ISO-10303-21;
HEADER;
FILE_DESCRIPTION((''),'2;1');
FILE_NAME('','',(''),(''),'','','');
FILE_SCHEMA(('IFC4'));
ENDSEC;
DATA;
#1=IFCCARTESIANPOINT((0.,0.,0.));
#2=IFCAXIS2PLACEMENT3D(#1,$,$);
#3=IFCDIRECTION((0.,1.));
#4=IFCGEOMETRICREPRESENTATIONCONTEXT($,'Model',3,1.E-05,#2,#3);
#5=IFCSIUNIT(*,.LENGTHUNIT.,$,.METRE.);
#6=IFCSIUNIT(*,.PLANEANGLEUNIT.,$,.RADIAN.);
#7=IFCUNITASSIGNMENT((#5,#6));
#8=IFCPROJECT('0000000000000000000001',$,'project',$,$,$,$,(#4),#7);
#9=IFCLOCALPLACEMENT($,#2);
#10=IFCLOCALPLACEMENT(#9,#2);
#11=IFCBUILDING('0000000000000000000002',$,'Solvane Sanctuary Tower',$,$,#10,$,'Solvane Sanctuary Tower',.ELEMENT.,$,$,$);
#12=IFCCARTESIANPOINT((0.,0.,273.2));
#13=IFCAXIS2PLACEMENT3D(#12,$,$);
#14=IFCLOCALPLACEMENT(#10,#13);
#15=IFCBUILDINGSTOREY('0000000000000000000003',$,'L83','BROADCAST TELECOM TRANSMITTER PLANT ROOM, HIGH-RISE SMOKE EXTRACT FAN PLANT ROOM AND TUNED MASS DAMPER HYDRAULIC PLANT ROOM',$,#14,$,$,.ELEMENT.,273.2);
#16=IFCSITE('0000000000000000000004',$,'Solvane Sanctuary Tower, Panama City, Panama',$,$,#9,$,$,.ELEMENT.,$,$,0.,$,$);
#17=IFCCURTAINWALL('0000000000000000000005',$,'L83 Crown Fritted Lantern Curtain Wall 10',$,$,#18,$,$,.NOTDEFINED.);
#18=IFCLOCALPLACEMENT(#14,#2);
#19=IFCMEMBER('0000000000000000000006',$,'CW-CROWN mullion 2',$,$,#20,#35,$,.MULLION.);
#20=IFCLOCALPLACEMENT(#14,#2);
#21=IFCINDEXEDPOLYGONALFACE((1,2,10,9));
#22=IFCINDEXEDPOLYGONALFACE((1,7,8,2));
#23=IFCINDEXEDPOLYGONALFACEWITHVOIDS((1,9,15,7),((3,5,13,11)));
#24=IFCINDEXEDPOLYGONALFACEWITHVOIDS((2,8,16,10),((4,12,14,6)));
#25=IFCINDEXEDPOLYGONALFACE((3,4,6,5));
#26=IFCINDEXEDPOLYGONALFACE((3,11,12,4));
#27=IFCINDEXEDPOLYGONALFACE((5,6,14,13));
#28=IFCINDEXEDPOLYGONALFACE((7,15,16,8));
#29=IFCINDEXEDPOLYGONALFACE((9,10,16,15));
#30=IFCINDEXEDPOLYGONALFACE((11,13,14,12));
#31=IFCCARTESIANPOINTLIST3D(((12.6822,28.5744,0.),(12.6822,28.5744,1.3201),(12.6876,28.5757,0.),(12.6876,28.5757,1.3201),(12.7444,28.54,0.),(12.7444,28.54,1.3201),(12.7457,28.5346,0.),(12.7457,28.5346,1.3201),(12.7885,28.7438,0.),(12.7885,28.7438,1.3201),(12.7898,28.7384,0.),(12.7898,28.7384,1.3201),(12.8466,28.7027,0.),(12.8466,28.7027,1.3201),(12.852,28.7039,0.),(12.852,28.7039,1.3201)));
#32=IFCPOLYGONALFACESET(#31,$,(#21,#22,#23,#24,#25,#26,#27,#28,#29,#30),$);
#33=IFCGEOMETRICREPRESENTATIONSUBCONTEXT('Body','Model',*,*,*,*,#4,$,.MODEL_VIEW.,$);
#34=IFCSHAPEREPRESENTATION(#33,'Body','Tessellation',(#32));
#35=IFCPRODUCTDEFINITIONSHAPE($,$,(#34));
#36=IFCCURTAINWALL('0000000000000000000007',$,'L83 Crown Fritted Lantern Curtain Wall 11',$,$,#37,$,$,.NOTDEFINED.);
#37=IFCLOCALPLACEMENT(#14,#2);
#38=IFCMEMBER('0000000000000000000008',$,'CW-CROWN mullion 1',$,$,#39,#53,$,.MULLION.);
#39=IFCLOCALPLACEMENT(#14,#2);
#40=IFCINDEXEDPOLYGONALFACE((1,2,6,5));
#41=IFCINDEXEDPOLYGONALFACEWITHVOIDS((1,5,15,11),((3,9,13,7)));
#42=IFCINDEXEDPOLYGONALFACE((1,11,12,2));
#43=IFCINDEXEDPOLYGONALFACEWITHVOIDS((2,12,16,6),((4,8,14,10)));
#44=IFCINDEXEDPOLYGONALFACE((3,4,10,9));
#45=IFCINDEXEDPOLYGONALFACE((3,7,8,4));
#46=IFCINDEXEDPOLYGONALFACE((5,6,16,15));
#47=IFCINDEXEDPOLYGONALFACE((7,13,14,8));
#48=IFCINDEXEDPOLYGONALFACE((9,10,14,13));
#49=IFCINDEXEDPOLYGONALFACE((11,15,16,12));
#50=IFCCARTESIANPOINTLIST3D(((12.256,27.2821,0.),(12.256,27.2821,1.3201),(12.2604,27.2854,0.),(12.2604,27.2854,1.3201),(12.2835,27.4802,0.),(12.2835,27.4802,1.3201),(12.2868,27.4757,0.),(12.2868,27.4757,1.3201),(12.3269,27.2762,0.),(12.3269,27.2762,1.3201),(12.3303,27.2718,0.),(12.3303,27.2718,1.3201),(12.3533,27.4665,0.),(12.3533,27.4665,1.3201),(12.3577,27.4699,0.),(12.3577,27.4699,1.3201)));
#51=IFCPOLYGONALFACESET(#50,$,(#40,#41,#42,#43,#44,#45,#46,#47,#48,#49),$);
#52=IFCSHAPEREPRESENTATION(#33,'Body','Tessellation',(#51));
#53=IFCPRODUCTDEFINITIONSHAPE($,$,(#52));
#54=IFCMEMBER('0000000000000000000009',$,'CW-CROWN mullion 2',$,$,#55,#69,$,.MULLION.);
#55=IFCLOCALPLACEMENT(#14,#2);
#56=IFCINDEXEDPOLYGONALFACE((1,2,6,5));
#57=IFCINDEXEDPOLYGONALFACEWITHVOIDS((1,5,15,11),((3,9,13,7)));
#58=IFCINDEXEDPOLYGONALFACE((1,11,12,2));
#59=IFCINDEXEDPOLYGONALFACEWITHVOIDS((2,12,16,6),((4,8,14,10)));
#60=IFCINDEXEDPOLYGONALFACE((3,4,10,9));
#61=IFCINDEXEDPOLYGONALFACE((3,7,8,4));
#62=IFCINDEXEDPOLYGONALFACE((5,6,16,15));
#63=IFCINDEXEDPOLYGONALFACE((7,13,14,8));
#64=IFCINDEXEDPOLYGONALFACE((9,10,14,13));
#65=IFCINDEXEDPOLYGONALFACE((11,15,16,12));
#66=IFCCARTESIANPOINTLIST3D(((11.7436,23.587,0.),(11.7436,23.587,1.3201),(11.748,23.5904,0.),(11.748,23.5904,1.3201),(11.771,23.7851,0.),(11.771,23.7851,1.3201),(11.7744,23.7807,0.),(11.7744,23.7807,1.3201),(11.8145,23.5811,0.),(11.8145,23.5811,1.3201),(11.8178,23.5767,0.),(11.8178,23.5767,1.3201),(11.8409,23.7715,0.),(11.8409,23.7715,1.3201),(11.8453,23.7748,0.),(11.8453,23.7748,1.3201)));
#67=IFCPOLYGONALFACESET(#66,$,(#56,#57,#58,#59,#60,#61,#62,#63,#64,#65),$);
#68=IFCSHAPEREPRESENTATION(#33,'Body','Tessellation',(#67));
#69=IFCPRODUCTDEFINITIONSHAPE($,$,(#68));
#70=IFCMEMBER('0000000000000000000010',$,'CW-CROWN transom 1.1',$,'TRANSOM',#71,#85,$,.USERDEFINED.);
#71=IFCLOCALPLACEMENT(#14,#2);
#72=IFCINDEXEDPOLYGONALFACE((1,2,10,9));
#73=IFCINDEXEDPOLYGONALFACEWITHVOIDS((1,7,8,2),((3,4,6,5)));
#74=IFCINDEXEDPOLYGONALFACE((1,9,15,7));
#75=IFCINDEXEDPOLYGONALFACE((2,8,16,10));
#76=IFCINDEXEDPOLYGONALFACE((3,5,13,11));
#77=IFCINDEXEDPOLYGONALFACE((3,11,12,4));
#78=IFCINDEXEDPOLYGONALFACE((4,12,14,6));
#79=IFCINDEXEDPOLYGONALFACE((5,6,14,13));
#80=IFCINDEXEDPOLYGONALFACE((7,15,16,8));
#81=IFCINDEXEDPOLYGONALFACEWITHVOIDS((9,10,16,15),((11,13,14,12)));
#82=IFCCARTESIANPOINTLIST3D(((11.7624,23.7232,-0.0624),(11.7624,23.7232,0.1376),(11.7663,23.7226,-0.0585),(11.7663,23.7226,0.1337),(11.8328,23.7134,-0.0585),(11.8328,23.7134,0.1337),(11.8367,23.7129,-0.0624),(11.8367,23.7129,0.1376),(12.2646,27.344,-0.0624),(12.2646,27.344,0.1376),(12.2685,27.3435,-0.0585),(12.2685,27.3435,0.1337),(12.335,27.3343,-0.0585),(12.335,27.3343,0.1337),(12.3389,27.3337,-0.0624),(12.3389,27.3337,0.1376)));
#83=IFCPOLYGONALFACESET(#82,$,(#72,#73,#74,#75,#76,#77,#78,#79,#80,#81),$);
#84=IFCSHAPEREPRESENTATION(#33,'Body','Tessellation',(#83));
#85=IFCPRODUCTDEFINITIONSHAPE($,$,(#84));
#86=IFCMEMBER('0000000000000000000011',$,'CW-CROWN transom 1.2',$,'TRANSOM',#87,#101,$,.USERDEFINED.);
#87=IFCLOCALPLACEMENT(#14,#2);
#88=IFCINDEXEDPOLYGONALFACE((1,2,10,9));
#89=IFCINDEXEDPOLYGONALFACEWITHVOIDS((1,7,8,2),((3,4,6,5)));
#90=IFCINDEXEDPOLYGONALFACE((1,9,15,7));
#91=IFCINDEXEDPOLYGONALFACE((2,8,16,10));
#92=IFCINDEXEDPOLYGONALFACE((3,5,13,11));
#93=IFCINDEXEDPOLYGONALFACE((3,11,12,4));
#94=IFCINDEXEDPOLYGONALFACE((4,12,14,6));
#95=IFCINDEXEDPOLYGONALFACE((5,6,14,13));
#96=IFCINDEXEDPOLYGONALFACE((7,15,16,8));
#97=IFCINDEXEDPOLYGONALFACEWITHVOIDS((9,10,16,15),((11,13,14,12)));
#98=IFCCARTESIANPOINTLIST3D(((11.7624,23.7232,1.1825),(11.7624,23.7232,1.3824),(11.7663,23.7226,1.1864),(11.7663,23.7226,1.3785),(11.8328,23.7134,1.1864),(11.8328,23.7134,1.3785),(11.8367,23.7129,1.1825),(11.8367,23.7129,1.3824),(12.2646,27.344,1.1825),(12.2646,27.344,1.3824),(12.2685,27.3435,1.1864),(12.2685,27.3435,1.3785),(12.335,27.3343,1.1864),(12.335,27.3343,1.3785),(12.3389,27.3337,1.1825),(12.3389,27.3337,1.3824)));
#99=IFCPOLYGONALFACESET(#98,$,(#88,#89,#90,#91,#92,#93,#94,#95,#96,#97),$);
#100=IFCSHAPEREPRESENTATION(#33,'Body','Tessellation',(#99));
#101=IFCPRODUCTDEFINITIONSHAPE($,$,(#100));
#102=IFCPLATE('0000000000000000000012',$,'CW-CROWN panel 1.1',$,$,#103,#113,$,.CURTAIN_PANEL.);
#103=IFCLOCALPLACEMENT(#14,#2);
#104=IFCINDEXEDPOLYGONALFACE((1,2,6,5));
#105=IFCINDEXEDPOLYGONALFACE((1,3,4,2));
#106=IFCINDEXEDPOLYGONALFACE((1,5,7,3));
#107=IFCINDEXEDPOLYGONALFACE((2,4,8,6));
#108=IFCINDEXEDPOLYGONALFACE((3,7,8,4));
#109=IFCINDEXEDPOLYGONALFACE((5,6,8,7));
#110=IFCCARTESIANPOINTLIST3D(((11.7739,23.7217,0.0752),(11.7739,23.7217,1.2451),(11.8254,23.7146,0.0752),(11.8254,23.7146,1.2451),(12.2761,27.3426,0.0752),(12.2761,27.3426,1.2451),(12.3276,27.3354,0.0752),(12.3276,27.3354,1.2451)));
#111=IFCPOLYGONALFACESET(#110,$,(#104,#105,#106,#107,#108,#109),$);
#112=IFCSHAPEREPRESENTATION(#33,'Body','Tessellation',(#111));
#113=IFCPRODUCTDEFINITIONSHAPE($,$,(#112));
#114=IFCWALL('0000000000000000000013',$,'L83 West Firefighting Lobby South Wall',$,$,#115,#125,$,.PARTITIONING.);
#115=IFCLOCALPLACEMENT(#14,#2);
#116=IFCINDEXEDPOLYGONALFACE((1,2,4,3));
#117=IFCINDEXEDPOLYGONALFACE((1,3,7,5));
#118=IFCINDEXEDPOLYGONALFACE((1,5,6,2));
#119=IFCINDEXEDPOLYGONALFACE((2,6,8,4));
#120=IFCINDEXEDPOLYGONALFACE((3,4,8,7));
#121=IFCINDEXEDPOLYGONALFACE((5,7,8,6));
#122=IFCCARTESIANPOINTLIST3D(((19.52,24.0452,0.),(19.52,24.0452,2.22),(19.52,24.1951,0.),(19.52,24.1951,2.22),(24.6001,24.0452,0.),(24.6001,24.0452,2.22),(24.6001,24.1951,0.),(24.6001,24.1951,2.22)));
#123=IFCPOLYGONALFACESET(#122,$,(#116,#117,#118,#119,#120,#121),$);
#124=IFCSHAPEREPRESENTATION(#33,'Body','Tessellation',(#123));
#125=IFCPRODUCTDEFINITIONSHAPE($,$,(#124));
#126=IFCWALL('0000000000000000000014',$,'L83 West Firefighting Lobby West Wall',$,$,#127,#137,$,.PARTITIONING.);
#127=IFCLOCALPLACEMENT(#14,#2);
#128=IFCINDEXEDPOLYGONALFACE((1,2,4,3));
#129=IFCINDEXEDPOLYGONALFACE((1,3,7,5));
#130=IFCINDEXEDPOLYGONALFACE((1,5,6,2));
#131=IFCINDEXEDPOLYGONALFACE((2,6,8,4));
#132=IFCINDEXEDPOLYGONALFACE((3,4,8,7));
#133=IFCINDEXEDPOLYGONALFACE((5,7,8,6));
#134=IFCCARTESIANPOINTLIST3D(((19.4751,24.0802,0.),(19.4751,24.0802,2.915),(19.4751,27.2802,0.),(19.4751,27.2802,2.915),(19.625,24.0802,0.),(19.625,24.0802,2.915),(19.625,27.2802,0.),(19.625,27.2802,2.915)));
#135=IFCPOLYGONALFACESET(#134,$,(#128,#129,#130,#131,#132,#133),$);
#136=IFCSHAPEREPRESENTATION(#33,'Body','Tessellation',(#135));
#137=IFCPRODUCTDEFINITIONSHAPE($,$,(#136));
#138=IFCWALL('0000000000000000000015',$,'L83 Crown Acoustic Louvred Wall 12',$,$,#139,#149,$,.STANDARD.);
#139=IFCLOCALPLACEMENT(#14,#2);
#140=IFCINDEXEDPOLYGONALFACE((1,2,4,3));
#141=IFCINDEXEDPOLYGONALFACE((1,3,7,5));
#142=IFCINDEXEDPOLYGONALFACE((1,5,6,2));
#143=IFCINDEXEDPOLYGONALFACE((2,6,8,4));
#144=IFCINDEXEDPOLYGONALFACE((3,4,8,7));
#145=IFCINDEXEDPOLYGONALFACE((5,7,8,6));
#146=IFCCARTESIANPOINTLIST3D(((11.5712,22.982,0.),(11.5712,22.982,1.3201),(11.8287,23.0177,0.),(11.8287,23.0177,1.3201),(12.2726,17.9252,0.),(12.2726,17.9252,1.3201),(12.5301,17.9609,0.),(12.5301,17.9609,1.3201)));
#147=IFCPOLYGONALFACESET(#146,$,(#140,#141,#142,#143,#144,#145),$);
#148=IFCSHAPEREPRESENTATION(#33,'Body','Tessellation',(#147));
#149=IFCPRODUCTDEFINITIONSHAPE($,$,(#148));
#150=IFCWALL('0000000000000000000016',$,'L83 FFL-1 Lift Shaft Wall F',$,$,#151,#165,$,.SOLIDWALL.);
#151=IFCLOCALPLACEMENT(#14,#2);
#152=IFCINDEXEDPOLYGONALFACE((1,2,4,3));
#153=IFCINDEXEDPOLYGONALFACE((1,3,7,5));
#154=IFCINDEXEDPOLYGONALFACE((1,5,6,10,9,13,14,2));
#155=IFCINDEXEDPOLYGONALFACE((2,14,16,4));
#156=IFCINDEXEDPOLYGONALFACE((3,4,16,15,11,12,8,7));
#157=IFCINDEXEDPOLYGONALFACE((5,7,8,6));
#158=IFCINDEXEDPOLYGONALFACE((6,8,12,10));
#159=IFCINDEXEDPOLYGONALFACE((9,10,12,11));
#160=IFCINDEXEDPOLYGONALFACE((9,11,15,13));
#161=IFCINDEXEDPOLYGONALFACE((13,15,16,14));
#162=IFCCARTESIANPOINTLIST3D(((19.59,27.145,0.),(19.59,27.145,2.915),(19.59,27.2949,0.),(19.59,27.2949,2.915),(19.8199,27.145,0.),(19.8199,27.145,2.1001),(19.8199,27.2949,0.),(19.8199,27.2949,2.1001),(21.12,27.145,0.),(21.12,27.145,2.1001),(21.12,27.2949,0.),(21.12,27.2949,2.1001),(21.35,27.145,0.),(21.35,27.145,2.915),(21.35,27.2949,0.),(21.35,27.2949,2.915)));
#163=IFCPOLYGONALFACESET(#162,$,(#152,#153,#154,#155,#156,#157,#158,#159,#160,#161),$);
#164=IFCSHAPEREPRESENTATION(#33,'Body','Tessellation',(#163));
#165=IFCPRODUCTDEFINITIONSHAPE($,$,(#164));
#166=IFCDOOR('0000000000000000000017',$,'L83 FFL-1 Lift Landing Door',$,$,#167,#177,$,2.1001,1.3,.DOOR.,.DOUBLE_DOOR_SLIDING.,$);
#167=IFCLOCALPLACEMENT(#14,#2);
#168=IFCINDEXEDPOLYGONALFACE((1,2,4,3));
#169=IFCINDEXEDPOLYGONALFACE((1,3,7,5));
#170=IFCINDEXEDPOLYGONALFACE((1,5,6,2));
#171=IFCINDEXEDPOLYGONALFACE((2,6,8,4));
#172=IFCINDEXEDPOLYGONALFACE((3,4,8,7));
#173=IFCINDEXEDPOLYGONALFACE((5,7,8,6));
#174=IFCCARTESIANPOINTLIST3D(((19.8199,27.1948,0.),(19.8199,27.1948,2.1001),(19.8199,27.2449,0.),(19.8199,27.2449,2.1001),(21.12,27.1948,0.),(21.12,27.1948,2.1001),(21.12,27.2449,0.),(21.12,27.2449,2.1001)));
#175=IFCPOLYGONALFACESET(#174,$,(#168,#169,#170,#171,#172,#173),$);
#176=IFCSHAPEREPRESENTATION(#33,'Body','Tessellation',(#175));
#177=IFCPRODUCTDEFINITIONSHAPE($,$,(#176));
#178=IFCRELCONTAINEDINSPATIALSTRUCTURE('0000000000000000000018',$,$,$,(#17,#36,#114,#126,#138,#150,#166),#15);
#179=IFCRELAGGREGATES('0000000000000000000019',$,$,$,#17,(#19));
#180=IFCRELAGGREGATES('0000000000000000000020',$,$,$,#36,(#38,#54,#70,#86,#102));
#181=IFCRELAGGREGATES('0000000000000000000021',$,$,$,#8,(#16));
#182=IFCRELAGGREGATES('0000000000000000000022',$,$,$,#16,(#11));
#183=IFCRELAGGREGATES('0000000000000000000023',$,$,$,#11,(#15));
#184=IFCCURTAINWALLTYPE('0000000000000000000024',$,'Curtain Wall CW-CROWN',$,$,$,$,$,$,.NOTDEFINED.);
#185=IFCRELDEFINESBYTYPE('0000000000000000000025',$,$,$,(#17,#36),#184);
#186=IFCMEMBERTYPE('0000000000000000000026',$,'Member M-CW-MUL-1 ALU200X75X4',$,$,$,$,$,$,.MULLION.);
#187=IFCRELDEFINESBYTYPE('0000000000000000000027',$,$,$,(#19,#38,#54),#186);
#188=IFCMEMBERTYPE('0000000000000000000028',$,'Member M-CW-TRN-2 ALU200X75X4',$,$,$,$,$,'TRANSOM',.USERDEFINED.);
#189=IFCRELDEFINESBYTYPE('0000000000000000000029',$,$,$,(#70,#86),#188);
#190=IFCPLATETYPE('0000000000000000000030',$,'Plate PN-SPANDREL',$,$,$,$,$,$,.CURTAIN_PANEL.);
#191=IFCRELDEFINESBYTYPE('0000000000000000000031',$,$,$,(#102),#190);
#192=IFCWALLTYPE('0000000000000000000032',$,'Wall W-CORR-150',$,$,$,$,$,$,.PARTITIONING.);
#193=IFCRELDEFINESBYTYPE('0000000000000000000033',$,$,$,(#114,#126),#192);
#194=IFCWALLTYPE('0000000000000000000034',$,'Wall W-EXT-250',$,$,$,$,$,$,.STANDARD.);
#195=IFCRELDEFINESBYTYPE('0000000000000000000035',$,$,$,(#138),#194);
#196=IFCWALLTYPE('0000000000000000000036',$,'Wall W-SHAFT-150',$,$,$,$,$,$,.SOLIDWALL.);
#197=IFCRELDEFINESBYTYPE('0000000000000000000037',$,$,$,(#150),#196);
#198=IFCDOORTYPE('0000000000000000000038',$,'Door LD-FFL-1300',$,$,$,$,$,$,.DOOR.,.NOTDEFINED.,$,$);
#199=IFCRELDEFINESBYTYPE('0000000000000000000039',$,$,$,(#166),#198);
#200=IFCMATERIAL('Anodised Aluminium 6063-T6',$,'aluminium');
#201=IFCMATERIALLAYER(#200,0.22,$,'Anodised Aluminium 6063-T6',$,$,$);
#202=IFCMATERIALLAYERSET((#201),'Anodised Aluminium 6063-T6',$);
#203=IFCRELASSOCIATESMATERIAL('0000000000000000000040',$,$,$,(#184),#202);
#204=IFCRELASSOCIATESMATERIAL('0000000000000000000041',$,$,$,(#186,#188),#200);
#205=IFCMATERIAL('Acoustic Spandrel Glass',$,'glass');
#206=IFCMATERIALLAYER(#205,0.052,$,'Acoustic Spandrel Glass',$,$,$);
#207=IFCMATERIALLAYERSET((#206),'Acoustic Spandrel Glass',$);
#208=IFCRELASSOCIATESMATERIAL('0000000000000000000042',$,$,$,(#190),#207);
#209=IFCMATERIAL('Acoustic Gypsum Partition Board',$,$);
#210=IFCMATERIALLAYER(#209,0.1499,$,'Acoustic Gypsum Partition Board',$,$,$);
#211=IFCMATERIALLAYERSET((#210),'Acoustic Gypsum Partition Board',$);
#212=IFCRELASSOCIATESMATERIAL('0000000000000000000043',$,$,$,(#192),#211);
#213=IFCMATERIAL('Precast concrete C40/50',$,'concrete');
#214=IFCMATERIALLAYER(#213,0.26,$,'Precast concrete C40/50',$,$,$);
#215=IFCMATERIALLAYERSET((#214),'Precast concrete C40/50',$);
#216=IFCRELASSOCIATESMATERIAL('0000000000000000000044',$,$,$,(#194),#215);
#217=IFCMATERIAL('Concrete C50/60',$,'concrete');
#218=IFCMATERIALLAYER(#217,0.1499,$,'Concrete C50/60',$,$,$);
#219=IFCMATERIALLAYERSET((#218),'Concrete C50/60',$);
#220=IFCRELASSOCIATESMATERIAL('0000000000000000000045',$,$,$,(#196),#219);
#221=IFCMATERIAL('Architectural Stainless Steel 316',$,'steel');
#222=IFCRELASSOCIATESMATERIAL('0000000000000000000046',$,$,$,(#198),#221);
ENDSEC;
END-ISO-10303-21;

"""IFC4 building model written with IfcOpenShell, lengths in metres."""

from ifc_helpers import new_model, si_unit, direction, frame, frame_2d, origin, origin_2d, place, context, subcontext, project, spatial, rectangle, hollow_rectangle, extrude, material, layer, layer_set, material_profile, profile_set, type_object, element, fill, aggregate, save


model = new_model("IFC4")

# Units and contexts
model_context = context("Model", 3, precision=1e-05, world=origin(), true_north=direction((0.0, 1.0)))
body_context = subcontext(model_context, "Body", "Model", "MODEL_VIEW")
ifc_project = project(units=[si_unit("LENGTHUNIT", "METRE"), si_unit("PLANEANGLEUNIT", "RADIAN")], contexts=[model_context])

# Site, building, storey
site_placement = place(None, origin())
site = spatial("IfcSite", under=ifc_project, at=site_placement, Name="Solvane Sanctuary Tower, Panama City, Panama", CompositionType="ELEMENT", RefElevation=0.0)
building_placement = place(site_placement, origin())
building = spatial("IfcBuilding", under=site, at=building_placement, Name="Solvane Sanctuary Tower", LongName="Solvane Sanctuary Tower", CompositionType="ELEMENT")
storey_placement = place(building_placement, frame((0.0, 0.0, 273.2)))
storey = spatial("IfcBuildingStorey", under=building, at=storey_placement, Name="L83", Description="BROADCAST TELECOM TRANSMITTER PLANT ROOM, HIGH-RISE SMOKE EXTRACT FAN PLANT ROOM AND TUNED MASS DAMPER HYDRAULIC PLANT ROOM", CompositionType="ELEMENT", Elevation=273.2)

# Curtain wall, member
ifc_material_1 = material(Name="Anodised Aluminium 6063-T6", Category="aluminium")
ifc_layer_1 = layer(ifc_material_1, 0.22, Name="Anodised Aluminium 6063-T6")
ifc_layer_set_1 = layer_set([ifc_layer_1], Name="Anodised Aluminium 6063-T6")
curtain_wall_type = type_object("IfcCurtainWallType", Name="Curtain Wall CW-CROWN", PredefinedType="NOTDEFINED", material=ifc_layer_set_1)
curtain_wall_1_placement = place(storey_placement, origin())
curtain_wall_1 = element("IfcCurtainWall", 1, at=curtain_wall_1_placement, inside=storey, type_object=curtain_wall_type, Name="L83 Crown Fritted Lantern Curtain Wall 10", PredefinedType="NOTDEFINED")
ifc_material_profile_1 = material_profile(ifc_material_1, hollow_rectangle(XDim=0.075, YDim=0.2, WallThickness=0.0039, at=origin_2d()), Name="ALU200X75X4")
ifc_profile_set_1 = profile_set([ifc_material_profile_1], Name="Anodised Aluminium 6063-T6")
member_type_1 = type_object("IfcMemberType", Name="Member M-CW-MUL-1 ALU200X75X4", PredefinedType="MULLION", material=ifc_profile_set_1)
member_1_placement = place(storey_placement, frame((12.7671, 28.6392, 0.0), z_axis=(0.0, 0.0, 1.0), x_axis=(0.846858, -0.531819, 0.0)))
member_1 = element("IfcMember", 2, at=member_1_placement, type_object=member_type_1, Name="CW-CROWN mullion 2", PredefinedType="MULLION", context=body_context, shape_type="SweptSolid", body=[
    extrude(hollow_rectangle(XDim=0.075, YDim=0.2, WallThickness=0.0039, at=origin_2d()), origin(), (0.0, 0.0, 1.0), 1.3201),
])
aggregate(curtain_wall_1, [member_1])

# Curtain wall, members, plate
curtain_wall_2_placement = place(storey_placement, origin())
curtain_wall_2 = element("IfcCurtainWall", 3, at=curtain_wall_2_placement, inside=storey, type_object=curtain_wall_type, Name="L83 Crown Fritted Lantern Curtain Wall 11", PredefinedType="NOTDEFINED")
member_2_placement = place(storey_placement, frame((12.3069, 27.376, 0.0), z_axis=(0.0, 0.0, 1.0), x_axis=(0.990518, -0.137381, 0.0)))
member_2 = element("IfcMember", 4, at=member_2_placement, type_object=member_type_1, Name="CW-CROWN mullion 1", PredefinedType="MULLION", context=body_context, shape_type="SweptSolid", body=[
    extrude(hollow_rectangle(XDim=0.075, YDim=0.2, WallThickness=0.0039, at=origin_2d()), origin(), (0.0, 0.0, 1.0), 1.3201),
])
member_3_placement = place(storey_placement, frame((11.7944, 23.6809, 0.0), z_axis=(0.0, 0.0, 1.0), x_axis=(0.990518, -0.137381, 0.0)))
member_3 = element("IfcMember", 5, at=member_3_placement, type_object=member_type_1, Name="CW-CROWN mullion 2", PredefinedType="MULLION", context=body_context, shape_type="SweptSolid", body=[
    extrude(hollow_rectangle(XDim=0.075, YDim=0.2, WallThickness=0.0039, at=origin_2d()), origin(), (0.0, 0.0, 1.0), 1.3201),
])
ifc_material_profile_2 = material_profile(ifc_material_1, hollow_rectangle(XDim=0.075, YDim=0.2, WallThickness=0.0039, at=origin_2d()), Name="ALU200X75X4")
ifc_profile_set_2 = profile_set([ifc_material_profile_2], Name="Anodised Aluminium 6063-T6")
member_type_2 = type_object("IfcMemberType", Name="Member M-CW-TRN-2 ALU200X75X4", ElementType="TRANSOM", PredefinedType="USERDEFINED", material=ifc_profile_set_2)
member_4_placement = place(storey_placement, frame((12.3018, 27.3389, 0.0376), z_axis=(-0.137381, -0.990518, 0.0), x_axis=(0.990518, -0.137381, 0.0)))
member_4 = element("IfcMember", 6, at=member_4_placement, type_object=member_type_2, Name="CW-CROWN transom 1.1", ObjectType="TRANSOM", PredefinedType="USERDEFINED", context=body_context, shape_type="SweptSolid", body=[
    extrude(hollow_rectangle(XDim=0.075, YDim=0.2, WallThickness=0.0039, at=origin_2d()), origin(), (0.0, 0.0, 1.0), 3.6555),
])
member_5_placement = place(storey_placement, frame((12.3018, 27.3389, 1.2825), z_axis=(-0.137381, -0.990518, 0.0), x_axis=(0.990518, -0.137381, 0.0)))
member_5 = element("IfcMember", 7, at=member_5_placement, type_object=member_type_2, Name="CW-CROWN transom 1.2", ObjectType="TRANSOM", PredefinedType="USERDEFINED", context=body_context, shape_type="SweptSolid", body=[
    extrude(hollow_rectangle(XDim=0.075, YDim=0.2, WallThickness=0.0039, at=origin_2d()), origin(), (0.0, 0.0, 1.0), 3.6555),
])
ifc_material_2 = material(Name="Acoustic Spandrel Glass", Category="glass")
ifc_layer_2 = layer(ifc_material_2, 0.052, Name="Acoustic Spandrel Glass")
ifc_layer_set_2 = layer_set([ifc_layer_2], Name="Acoustic Spandrel Glass")
plate_type = type_object("IfcPlateType", Name="Plate PN-SPANDREL", PredefinedType="CURTAIN_PANEL", material=ifc_layer_set_2)
plate_placement = place(storey_placement, frame((12.0508, 25.5286, 0.0752), z_axis=(0.0, 0.0, 1.0), x_axis=(-0.137381, -0.990518, 0.0)))
plate = element("IfcPlate", 8, at=plate_placement, type_object=plate_type, Name="CW-CROWN panel 1.1", PredefinedType="CURTAIN_PANEL", context=body_context, shape_type="SweptSolid", body=[
    extrude(rectangle(XDim=3.6555, YDim=0.052, at=origin_2d()), origin(), (0.0, 0.0, 1.0), 1.1699),
])
aggregate(curtain_wall_2, [member_2, member_3, member_4, member_5, plate])

# Walls
ifc_material_3 = material(Name="Acoustic Gypsum Partition Board")
ifc_layer_3 = layer(ifc_material_3, 0.1499, Name="Acoustic Gypsum Partition Board")
ifc_layer_set_3 = layer_set([ifc_layer_3], Name="Acoustic Gypsum Partition Board")
wall_type_1 = type_object("IfcWallType", Name="Wall W-CORR-150", PredefinedType="PARTITIONING", material=ifc_layer_set_3)
wall_1_placement = place(storey_placement, frame((19.52, 24.1201, 0.0), z_axis=(0.0, 0.0, 1.0), x_axis=(1.0, 0.0, 0.0)))
element("IfcWall", 9, at=wall_1_placement, inside=storey, type_object=wall_type_1, Name="L83 West Firefighting Lobby South Wall", PredefinedType="PARTITIONING", context=body_context, shape_type="SweptSolid", body=[
    extrude(rectangle(XDim=5.0801, YDim=0.1499, at=frame_2d((2.54, 0.0))), origin(), (0.0, 0.0, 1.0), 2.22),
])
wall_2_placement = place(storey_placement, frame((19.55, 24.0801, 0.0), z_axis=(0.0, 0.0, 1.0), x_axis=(0.0, 1.0, 0.0)))
element("IfcWall", 10, at=wall_2_placement, inside=storey, type_object=wall_type_1, Name="L83 West Firefighting Lobby West Wall", PredefinedType="PARTITIONING", context=body_context, shape_type="SweptSolid", body=[
    extrude(rectangle(XDim=3.2, YDim=0.1499, at=frame_2d((1.6001, 0.0))), origin(), (0.0, 0.0, 1.0), 2.915),
])
ifc_material_4 = material(Name="Precast concrete C40/50", Category="concrete")
ifc_layer_4 = layer(ifc_material_4, 0.26, Name="Precast concrete C40/50")
ifc_layer_set_4 = layer_set([ifc_layer_4], Name="Precast concrete C40/50")
wall_type_2 = type_object("IfcWallType", Name="Wall W-EXT-250", PredefinedType="STANDARD", material=ifc_layer_set_4)
wall_3_placement = place(storey_placement, frame((11.7, 23.0, 0.0), z_axis=(0.0, 0.0, 1.0), x_axis=(0.13739, -0.990517, 0.0)))
element("IfcWall", 11, at=wall_3_placement, inside=storey, type_object=wall_type_2, Name="L83 Crown Acoustic Louvred Wall 12", PredefinedType="STANDARD", context=body_context, shape_type="SweptSolid", body=[
    extrude(rectangle(XDim=5.1052, YDim=0.26, at=frame_2d((2.5527, 0.0))), origin(), (0.0, 0.0, 1.0), 1.3201),
])

# Wall, opening, door
ifc_material_5 = material(Name="Concrete C50/60", Category="concrete")
ifc_layer_5 = layer(ifc_material_5, 0.1499, Name="Concrete C50/60")
ifc_layer_set_5 = layer_set([ifc_layer_5], Name="Concrete C50/60")
wall_type_3 = type_object("IfcWallType", Name="Wall W-SHAFT-150", PredefinedType="SOLIDWALL", material=ifc_layer_set_5)
wall_4_placement = place(storey_placement, frame((19.5901, 27.22, 0.0), z_axis=(0.0, 0.0, 1.0), x_axis=(1.0, 0.0, 0.0)))
wall_4 = element("IfcWall", 12, at=wall_4_placement, inside=storey, type_object=wall_type_3, Name="L83 FFL-1 Lift Shaft Wall F", PredefinedType="SOLIDWALL", context=body_context, shape_type="SweptSolid", body=[
    extrude(rectangle(XDim=1.76, YDim=0.1499, at=frame_2d((0.8799, 0.0))), origin(), (0.0, 0.0, 1.0), 2.915),
])
opening_1_placement = place(wall_4_placement, frame((0.23, 0.0, 0.0)))
opening_1 = element("IfcOpeningElement", 13, at=opening_1_placement, cuts=wall_4, PredefinedType="OPENING", context=body_context, shape_type="SweptSolid", body=[
    extrude(rectangle(XDim=1.3, YDim=2.1001, at=frame_2d((0.6499, 1.05))), frame((0.0, 0.085, 0.0), z_axis=(0.0, -1.0, 0.0), x_axis=(1.0, 0.0, 0.0)), (0.0, 0.0, 1.0), 0.1699),
])
ifc_material_6 = material(Name="Architectural Stainless Steel 316", Category="steel")
door_type = type_object("IfcDoorType", Name="Door LD-FFL-1300", OperationType="NOTDEFINED", PredefinedType="DOOR", material=ifc_material_6)
door_1_placement = place(opening_1_placement, origin())
door_1 = element("IfcDoor", 14, at=door_1_placement, inside=storey, type_object=door_type, Name="L83 FFL-1 Lift Landing Door", OperationType="DOUBLE_DOOR_SLIDING", OverallHeight=2.1001, OverallWidth=1.3, PredefinedType="DOOR", context=body_context, shape_type="SweptSolid", body=[
    extrude(rectangle(XDim=1.3, YDim=2.1001, at=frame_2d((0.6499, 1.05))), frame((0.0, 0.0249, 0.0), z_axis=(0.0, -1.0, 0.0), x_axis=(1.0, 0.0, 0.0)), (0.0, 0.0, 1.0), 0.05),
])
fill(opening_1, door_1)

save(model, "model.ifc")
